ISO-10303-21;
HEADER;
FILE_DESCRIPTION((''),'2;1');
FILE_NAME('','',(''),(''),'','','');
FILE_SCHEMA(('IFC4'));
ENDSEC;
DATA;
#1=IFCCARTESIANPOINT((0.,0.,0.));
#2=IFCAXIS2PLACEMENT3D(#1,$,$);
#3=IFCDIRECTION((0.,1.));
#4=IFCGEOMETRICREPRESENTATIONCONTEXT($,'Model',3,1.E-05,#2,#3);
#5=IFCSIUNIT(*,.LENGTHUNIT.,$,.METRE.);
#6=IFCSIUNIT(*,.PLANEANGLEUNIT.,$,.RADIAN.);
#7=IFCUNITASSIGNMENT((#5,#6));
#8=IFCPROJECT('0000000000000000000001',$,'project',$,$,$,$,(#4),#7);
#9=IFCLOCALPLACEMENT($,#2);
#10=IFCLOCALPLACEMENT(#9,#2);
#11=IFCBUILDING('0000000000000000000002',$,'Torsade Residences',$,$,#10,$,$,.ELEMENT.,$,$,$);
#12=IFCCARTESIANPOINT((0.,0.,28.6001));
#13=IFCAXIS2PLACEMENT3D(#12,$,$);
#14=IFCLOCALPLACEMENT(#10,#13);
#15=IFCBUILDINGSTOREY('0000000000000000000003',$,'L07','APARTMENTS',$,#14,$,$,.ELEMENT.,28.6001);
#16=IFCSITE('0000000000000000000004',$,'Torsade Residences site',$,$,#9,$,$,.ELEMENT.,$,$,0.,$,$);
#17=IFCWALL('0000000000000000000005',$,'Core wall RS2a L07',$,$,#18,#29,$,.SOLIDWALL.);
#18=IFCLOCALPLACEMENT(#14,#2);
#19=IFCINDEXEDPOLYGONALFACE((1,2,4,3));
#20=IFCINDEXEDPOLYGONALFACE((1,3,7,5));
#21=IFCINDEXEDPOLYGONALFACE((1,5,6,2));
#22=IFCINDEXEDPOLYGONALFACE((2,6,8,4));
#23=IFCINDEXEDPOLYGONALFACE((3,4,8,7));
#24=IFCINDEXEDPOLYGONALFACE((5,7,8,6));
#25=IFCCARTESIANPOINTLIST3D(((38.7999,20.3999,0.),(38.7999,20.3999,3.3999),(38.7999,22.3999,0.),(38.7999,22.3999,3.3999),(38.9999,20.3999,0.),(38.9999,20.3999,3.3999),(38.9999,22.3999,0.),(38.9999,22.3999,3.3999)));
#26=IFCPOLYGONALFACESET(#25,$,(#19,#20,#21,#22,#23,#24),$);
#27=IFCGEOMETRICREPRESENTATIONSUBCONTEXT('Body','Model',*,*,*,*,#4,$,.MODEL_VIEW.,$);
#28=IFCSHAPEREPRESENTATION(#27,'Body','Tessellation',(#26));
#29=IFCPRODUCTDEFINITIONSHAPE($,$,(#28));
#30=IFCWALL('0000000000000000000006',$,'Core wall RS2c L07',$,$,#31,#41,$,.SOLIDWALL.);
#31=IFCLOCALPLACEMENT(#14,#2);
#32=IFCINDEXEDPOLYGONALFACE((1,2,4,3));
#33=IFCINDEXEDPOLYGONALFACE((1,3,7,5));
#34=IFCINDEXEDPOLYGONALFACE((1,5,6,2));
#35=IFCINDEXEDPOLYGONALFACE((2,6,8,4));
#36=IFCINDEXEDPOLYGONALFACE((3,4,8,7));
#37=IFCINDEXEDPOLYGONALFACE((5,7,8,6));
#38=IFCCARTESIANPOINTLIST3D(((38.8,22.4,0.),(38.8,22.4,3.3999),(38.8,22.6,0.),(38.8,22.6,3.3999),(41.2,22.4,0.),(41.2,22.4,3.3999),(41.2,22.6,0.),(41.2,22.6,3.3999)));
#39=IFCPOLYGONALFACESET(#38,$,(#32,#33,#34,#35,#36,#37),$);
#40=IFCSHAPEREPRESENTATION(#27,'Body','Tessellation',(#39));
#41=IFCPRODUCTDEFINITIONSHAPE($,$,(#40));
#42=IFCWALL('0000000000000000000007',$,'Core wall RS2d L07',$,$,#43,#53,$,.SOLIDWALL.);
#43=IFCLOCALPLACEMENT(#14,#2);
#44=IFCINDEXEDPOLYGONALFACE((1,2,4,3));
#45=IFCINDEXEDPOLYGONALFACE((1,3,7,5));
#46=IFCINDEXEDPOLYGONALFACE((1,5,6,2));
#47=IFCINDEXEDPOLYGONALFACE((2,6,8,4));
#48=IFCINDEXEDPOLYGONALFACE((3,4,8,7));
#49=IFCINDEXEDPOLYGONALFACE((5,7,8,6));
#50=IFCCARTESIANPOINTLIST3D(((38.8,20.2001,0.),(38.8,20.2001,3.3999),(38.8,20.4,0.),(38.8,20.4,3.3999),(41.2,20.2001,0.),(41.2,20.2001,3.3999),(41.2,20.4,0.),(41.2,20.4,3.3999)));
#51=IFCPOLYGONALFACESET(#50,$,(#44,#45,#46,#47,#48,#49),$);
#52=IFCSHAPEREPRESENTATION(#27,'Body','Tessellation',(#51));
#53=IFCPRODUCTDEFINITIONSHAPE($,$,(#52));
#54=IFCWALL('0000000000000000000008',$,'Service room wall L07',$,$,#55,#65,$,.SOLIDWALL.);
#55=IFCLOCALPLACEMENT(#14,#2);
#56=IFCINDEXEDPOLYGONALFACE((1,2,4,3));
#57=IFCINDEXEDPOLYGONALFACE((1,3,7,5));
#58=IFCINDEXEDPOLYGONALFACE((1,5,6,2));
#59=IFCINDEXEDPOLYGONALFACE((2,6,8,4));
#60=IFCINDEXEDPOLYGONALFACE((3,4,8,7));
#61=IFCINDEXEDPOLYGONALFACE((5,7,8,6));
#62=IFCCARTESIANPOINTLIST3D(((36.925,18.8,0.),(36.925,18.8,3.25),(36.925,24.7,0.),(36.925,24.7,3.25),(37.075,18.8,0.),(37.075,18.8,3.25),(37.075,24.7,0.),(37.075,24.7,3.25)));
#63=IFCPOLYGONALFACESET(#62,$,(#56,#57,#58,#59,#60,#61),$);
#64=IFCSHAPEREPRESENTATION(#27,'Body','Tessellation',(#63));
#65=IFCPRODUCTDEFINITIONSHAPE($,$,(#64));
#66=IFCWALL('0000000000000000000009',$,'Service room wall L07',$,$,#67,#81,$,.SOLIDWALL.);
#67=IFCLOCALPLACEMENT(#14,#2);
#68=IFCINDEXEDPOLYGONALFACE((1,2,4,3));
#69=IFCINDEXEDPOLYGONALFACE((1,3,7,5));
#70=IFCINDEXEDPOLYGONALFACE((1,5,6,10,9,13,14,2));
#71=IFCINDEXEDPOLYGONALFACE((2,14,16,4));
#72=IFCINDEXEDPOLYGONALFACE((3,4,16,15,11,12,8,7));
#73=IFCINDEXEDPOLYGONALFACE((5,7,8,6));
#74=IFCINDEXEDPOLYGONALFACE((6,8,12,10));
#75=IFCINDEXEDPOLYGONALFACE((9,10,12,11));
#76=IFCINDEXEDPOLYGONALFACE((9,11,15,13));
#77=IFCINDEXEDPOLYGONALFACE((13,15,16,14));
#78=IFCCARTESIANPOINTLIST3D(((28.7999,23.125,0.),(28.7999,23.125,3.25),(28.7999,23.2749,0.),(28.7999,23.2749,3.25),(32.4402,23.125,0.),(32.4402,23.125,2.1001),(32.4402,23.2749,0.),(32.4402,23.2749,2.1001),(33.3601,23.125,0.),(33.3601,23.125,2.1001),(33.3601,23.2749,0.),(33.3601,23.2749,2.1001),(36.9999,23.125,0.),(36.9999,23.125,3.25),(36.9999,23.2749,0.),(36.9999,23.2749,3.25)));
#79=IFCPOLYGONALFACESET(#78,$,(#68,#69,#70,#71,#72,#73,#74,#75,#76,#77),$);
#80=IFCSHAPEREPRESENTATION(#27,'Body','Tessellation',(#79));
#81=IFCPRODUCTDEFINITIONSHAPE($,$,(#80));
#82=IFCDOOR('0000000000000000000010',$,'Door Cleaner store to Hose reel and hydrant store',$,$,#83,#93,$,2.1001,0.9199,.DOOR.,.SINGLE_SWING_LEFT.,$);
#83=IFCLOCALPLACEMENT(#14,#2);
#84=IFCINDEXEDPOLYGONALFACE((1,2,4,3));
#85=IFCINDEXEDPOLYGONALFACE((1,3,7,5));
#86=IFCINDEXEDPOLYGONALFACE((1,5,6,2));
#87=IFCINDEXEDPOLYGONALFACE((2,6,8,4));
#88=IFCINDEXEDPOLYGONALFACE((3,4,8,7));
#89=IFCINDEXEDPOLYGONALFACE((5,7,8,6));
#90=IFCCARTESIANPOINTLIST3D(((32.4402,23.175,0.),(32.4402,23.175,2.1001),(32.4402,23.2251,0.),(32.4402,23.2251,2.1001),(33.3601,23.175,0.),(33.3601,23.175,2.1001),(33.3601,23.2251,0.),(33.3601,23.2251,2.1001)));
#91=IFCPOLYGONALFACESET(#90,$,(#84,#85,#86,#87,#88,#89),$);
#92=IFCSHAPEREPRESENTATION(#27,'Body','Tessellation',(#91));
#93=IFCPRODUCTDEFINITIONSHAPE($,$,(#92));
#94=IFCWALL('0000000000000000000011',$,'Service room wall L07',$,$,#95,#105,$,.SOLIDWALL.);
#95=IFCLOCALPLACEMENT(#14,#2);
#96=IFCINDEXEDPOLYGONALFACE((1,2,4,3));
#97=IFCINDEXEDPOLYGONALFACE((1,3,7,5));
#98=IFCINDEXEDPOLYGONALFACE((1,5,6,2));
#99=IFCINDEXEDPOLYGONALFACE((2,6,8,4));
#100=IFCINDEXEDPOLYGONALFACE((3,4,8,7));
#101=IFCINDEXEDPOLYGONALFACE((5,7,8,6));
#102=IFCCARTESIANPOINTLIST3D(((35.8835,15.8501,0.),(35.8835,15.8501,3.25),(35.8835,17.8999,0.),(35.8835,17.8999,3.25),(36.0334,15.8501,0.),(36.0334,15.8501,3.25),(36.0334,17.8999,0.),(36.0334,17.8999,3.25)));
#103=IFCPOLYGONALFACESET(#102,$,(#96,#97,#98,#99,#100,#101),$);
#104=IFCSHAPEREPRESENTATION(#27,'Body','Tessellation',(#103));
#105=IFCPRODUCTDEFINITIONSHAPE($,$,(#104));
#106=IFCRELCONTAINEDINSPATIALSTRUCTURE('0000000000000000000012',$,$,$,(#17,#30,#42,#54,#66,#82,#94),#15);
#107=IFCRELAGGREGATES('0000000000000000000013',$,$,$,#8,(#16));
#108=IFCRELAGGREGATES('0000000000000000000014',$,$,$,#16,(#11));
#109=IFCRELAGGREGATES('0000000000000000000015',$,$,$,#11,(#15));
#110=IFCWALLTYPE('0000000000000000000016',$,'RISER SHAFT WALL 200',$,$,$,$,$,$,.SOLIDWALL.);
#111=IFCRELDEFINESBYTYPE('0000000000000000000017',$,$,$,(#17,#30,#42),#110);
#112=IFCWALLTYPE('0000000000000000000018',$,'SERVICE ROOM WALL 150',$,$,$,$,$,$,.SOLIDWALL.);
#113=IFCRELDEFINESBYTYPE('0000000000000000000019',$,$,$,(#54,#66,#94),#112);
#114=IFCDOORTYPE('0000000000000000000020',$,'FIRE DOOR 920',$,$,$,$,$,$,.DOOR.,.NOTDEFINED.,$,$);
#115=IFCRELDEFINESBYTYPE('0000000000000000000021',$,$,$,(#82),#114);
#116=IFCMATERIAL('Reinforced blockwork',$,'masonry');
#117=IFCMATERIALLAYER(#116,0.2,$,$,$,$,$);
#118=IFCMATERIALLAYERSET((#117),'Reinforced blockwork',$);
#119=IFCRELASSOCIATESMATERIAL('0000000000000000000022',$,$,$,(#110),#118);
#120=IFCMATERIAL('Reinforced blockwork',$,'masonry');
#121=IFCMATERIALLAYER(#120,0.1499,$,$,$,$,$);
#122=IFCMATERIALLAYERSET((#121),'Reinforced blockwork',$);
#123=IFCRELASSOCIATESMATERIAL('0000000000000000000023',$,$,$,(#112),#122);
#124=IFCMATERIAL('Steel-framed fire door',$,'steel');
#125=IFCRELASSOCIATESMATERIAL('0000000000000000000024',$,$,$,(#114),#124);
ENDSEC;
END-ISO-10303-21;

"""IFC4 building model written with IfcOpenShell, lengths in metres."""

from ifc_helpers import new_model, si_unit, direction, frame, frame_2d, origin, place, context, subcontext, project, spatial, rectangle, extrude, material, layer, layer_set, type_object, element, fill, save


model = new_model("IFC4")

# Units and contexts
model_context = context("Model", 3, precision=1e-05, world=origin(), true_north=direction((0.0, 1.0)))
body_context = subcontext(model_context, "Body", "Model", "MODEL_VIEW")
ifc_project = project(units=[si_unit("LENGTHUNIT", "METRE"), si_unit("PLANEANGLEUNIT", "RADIAN")], contexts=[model_context])

# Site, building, storey
site_placement = place(None, origin())
site = spatial("IfcSite", under=ifc_project, at=site_placement, Name="Torsade Residences site", CompositionType="ELEMENT", RefElevation=0.0)
building_placement = place(site_placement, origin())
building = spatial("IfcBuilding", under=site, at=building_placement, Name="Torsade Residences", CompositionType="ELEMENT")
storey_placement = place(building_placement, frame((0.0, 0.0, 28.6001)))
storey = spatial("IfcBuildingStorey", under=building, at=storey_placement, Name="L07", Description="APARTMENTS", CompositionType="ELEMENT", Elevation=28.6001)

# Walls
ifc_material_1 = material(Name="Reinforced blockwork", Category="masonry")
ifc_layer_1 = layer(ifc_material_1, 0.2)
ifc_layer_set_1 = layer_set([ifc_layer_1], Name="Reinforced blockwork")
wall_type_1 = type_object("IfcWallType", Name="RISER SHAFT WALL 200", PredefinedType="SOLIDWALL", material=ifc_layer_set_1)
wall_1_placement = place(storey_placement, frame((38.8999, 22.3999, 0.0), z_axis=(0.0, 0.0, 1.0), x_axis=(0.0, -1.0, 0.0)))
element("IfcWall", 1, at=wall_1_placement, inside=storey, type_object=wall_type_1, Name="Core wall RS2a L07", PredefinedType="SOLIDWALL", context=body_context, shape_type="SweptSolid", body=[
    extrude(rectangle(XDim=2.0, YDim=0.2, at=frame_2d((1.0, 0.0))), origin(), (0.0, 0.0, 1.0), 3.3999),
])
for number, where, z_axis, x_axis, name in (
    (2, (38.8, 22.5, 0.0), (0.0, 0.0, 1.0), (1.0, 0.0, 0.0), "Core wall RS2c L07"),
    (3, (38.8, 20.3, 0.0), (0.0, 0.0, 1.0), (1.0, 0.0, 0.0), "Core wall RS2d L07"),
):
    element("IfcWall", number, at=place(storey_placement, frame(where, z_axis=z_axis, x_axis=x_axis)), inside=storey, type_object=wall_type_1, Name=name, PredefinedType="SOLIDWALL", context=body_context, shape_type="SweptSolid", body=[
        extrude(rectangle(XDim=2.3999, YDim=0.2, at=frame_2d((1.2, 0.0))), origin(), (0.0, 0.0, 1.0), 3.3999),
    ])
ifc_material_2 = material(Name="Reinforced blockwork", Category="masonry")
ifc_layer_2 = layer(ifc_material_2, 0.1499)
ifc_layer_set_2 = layer_set([ifc_layer_2], Name="Reinforced blockwork")
wall_type_2 = type_object("IfcWallType", Name="SERVICE ROOM WALL 150", PredefinedType="SOLIDWALL", material=ifc_layer_set_2)
wall_2_placement = place(storey_placement, frame((37.0, 18.8, 0.0), z_axis=(0.0, 0.0, 1.0), x_axis=(0.0, 1.0, 0.0)))
element("IfcWall", 4, at=wall_2_placement, inside=storey, type_object=wall_type_2, Name="Service room wall L07", PredefinedType="SOLIDWALL", context=body_context, shape_type="SweptSolid", body=[
    extrude(rectangle(XDim=5.8999, YDim=0.1499, at=frame_2d((2.95, 0.0))), origin(), (0.0, 0.0, 1.0), 3.25),
])

# Wall, opening, door
wall_3_placement = place(storey_placement, frame((37.0, 23.2, 0.0), z_axis=(0.0, 0.0, 1.0), x_axis=(-1.0, 0.0, 0.0)))
wall_3 = element("IfcWall", 5, at=wall_3_placement, inside=storey, type_object=wall_type_2, Name="Service room wall L07", PredefinedType="SOLIDWALL", context=body_context, shape_type="SweptSolid", body=[
    extrude(rectangle(XDim=8.2, YDim=0.1499, at=frame_2d((4.1001, 0.0))), origin(), (0.0, 0.0, 1.0), 3.25),
])
opening_placement = place(wall_3_placement, frame((3.6399, 0.0, 0.0)))
opening = element("IfcOpeningElement", 6, at=opening_placement, cuts=wall_3, PredefinedType="OPENING", context=body_context, shape_type="SweptSolid", body=[
    extrude(rectangle(XDim=0.9199, YDim=2.1001, at=frame_2d((0.46, 1.05))), frame((0.0, 0.085, 0.0), z_axis=(0.0, -1.0, 0.0), x_axis=(1.0, 0.0, 0.0)), (0.0, 0.0, 1.0), 0.1699),
])
ifc_material_3 = material(Name="Steel-framed fire door", Category="steel")
door_type = type_object("IfcDoorType", Name="FIRE DOOR 920", OperationType="NOTDEFINED", PredefinedType="DOOR", material=ifc_material_3)
door_placement = place(opening_placement, origin())
door = element("IfcDoor", 7, at=door_placement, inside=storey, type_object=door_type, Name="Door Cleaner store to Hose reel and hydrant store", OperationType="SINGLE_SWING_LEFT", OverallHeight=2.1001, OverallWidth=0.9199, PredefinedType="DOOR", context=body_context, shape_type="SweptSolid", body=[
    extrude(rectangle(XDim=0.9199, YDim=2.1001, at=frame_2d((0.46, 1.05))), frame((0.0, 0.0249, 0.0), z_axis=(0.0, -1.0, 0.0), x_axis=(1.0, 0.0, 0.0)), (0.0, 0.0, 1.0), 0.05),
])
fill(opening, door)

# Wall
wall_4_placement = place(storey_placement, frame((35.9585, 15.8501, 0.0), z_axis=(0.0, 0.0, 1.0), x_axis=(0.0, 1.0, 0.0)))
element("IfcWall", 8, at=wall_4_placement, inside=storey, type_object=wall_type_2, Name="Service room wall L07", PredefinedType="SOLIDWALL", context=body_context, shape_type="SweptSolid", body=[
    extrude(rectangle(XDim=2.0498, YDim=0.1499, at=frame_2d((1.0249, 0.0))), origin(), (0.0, 0.0, 1.0), 3.25),
])

save(model, "model.ifc")
